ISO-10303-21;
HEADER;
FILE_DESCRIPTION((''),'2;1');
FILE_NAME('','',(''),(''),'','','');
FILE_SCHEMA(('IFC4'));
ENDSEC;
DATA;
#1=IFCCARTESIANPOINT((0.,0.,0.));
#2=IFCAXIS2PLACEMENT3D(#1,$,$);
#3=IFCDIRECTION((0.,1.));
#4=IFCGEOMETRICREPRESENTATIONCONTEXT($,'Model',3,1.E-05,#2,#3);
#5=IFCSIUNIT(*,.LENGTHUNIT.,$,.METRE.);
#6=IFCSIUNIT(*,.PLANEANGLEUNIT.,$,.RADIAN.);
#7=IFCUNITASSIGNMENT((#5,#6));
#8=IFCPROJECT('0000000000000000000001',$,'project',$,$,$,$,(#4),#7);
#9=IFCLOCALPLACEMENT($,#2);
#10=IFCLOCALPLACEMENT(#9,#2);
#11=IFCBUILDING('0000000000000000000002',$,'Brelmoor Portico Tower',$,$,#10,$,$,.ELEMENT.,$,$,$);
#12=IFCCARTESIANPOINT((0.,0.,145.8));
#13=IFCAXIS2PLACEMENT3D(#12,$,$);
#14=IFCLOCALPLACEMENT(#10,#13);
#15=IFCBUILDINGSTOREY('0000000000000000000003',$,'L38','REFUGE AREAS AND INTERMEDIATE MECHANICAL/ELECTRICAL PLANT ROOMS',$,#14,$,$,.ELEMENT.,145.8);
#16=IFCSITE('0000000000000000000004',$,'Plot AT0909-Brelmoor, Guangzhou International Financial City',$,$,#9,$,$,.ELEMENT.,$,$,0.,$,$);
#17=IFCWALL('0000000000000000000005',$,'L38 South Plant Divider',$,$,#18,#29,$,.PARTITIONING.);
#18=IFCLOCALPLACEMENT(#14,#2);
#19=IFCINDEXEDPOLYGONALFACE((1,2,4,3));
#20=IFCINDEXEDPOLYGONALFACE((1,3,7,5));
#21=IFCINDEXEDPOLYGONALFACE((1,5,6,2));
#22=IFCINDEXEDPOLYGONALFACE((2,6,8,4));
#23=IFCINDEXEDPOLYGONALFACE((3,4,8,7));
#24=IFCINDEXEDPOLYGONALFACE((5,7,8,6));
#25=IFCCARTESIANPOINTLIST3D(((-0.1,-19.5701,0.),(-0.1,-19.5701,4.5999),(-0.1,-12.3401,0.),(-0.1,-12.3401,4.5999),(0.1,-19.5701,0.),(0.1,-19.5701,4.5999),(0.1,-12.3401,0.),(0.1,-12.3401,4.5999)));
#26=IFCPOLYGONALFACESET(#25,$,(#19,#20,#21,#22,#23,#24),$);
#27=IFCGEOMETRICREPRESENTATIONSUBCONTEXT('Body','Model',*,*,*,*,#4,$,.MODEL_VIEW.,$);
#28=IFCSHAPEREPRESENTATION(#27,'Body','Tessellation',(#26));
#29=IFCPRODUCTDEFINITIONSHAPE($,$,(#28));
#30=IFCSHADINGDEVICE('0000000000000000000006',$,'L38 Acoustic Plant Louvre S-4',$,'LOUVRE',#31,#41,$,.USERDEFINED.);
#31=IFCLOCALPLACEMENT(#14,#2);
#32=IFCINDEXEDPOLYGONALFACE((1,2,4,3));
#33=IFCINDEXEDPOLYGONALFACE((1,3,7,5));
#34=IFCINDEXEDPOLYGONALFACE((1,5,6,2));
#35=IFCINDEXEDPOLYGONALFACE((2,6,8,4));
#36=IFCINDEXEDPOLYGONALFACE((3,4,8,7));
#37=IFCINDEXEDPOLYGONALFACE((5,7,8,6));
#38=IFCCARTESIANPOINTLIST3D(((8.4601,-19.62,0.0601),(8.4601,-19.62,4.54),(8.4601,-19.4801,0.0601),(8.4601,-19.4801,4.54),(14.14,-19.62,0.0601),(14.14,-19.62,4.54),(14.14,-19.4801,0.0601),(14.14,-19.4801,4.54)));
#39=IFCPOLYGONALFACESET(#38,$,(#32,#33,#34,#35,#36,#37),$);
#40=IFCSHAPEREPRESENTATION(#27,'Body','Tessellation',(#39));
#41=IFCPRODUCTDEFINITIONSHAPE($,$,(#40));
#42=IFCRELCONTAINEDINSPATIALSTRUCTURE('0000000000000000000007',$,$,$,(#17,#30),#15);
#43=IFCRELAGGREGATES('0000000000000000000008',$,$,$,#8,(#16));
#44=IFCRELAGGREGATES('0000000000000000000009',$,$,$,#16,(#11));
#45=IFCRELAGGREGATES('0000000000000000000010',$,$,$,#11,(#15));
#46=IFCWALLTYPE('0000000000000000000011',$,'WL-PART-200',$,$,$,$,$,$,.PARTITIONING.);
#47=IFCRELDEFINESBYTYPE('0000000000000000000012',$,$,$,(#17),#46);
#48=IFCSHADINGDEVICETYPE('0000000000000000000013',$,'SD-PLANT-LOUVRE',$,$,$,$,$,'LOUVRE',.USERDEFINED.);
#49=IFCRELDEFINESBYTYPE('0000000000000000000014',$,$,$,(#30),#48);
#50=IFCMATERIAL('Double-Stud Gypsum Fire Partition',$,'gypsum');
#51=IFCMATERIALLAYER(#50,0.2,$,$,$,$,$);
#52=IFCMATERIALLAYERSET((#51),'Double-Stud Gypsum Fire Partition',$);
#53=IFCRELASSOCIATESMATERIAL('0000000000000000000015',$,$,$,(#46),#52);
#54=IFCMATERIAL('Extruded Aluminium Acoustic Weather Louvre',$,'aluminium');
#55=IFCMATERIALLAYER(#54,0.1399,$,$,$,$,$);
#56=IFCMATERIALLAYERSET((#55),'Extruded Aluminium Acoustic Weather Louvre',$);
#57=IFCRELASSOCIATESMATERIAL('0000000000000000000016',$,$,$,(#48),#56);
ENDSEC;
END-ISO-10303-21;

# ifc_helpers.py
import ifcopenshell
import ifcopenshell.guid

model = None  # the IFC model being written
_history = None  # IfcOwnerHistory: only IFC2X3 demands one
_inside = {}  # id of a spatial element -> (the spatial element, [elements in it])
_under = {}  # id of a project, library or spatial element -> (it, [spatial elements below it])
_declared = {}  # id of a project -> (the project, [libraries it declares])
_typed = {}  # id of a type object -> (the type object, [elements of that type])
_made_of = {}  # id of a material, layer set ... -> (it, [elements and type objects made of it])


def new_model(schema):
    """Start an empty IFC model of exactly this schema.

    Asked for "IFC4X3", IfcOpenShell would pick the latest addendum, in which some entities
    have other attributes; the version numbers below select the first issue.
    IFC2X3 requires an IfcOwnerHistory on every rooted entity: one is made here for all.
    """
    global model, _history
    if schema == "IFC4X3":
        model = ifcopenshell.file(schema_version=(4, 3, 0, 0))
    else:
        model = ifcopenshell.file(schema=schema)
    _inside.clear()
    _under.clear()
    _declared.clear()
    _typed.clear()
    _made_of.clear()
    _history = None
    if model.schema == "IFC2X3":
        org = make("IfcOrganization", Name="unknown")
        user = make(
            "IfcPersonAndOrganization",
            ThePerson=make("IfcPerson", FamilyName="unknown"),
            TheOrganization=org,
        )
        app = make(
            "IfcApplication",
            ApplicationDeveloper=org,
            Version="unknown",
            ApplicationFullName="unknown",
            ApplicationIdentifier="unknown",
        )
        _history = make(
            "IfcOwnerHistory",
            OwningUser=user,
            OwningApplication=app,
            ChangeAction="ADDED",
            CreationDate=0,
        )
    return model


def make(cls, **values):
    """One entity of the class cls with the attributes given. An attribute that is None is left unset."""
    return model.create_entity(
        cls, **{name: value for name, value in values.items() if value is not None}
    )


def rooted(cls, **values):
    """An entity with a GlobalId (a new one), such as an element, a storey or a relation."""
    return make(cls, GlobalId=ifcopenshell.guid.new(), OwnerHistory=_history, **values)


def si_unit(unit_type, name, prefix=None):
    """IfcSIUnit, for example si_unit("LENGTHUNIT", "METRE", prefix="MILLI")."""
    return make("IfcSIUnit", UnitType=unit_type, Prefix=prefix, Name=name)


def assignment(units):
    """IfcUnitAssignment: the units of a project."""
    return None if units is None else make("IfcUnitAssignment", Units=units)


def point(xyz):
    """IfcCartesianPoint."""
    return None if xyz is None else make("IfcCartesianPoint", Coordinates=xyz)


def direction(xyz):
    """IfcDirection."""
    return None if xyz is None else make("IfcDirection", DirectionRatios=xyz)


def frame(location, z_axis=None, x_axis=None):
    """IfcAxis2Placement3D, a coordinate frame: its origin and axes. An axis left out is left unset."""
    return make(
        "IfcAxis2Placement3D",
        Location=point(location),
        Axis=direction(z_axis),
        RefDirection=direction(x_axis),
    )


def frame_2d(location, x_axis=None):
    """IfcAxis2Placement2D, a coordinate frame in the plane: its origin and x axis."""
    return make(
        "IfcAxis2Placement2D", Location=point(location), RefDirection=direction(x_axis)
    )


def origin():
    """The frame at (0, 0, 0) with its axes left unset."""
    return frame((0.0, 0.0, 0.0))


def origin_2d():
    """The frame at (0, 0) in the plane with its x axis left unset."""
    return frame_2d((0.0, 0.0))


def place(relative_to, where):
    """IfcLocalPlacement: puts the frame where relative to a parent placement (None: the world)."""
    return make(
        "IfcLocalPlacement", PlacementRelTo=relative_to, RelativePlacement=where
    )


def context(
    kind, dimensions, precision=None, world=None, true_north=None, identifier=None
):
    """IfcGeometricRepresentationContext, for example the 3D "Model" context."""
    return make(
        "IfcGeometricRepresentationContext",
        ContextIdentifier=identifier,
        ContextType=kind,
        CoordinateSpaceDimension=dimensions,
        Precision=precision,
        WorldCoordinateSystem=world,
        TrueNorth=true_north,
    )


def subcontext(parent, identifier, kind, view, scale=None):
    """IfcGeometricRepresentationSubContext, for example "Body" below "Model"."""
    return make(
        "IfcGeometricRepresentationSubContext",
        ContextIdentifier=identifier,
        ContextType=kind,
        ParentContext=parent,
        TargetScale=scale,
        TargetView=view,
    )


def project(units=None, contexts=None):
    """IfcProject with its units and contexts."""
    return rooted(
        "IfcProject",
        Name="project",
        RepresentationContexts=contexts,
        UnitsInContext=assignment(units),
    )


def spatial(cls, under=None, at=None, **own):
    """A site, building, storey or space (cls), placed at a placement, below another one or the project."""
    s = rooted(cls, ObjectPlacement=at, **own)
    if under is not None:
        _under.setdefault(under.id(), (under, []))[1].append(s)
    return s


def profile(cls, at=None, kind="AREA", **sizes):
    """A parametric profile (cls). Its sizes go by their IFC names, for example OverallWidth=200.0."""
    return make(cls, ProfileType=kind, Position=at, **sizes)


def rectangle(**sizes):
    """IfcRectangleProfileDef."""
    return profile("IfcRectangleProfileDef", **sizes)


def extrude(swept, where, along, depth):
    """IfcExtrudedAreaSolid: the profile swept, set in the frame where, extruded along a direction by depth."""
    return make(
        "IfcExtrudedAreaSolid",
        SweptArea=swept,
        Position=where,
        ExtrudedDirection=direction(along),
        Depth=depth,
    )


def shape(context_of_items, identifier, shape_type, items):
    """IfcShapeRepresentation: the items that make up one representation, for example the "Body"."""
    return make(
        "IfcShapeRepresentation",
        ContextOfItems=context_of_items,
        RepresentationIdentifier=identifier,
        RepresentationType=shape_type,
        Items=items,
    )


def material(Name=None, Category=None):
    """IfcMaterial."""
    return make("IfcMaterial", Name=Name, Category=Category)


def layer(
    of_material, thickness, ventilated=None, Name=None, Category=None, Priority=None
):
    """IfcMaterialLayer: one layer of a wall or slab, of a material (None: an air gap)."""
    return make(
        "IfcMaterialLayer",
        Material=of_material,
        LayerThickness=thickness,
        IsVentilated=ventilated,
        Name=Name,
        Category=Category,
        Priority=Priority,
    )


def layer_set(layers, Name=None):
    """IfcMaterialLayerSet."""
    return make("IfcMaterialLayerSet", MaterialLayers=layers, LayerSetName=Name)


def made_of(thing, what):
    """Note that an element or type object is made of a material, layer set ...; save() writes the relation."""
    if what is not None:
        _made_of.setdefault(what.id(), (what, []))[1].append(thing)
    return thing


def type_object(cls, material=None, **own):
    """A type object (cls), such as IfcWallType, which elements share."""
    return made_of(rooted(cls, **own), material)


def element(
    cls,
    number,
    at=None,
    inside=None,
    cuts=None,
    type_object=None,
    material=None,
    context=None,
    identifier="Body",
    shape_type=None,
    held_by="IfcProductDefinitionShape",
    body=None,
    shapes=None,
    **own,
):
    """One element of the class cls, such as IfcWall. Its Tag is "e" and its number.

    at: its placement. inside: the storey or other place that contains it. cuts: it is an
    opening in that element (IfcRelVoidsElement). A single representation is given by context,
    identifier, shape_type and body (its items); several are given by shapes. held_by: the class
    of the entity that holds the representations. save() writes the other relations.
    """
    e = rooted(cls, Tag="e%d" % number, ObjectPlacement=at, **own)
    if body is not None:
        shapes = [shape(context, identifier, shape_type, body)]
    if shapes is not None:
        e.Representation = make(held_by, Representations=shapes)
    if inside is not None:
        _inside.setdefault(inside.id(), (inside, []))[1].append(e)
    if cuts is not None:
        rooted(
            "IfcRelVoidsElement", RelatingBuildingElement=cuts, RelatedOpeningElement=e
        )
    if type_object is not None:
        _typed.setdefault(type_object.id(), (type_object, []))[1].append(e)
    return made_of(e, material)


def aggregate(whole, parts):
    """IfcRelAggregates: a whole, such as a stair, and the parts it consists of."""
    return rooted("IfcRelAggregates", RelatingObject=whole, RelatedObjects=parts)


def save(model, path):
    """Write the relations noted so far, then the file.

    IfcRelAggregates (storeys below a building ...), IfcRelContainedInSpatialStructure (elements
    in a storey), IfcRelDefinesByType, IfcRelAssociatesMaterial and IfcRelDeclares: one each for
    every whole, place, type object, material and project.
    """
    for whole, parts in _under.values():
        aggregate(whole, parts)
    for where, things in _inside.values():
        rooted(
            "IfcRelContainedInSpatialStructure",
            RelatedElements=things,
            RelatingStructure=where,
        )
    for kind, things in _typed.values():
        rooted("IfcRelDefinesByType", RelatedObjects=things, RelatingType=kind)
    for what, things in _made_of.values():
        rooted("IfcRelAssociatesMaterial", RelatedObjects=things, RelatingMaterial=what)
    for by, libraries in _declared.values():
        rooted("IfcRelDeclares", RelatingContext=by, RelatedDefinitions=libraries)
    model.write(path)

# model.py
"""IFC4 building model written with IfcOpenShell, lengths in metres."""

from ifc_helpers import new_model, si_unit, direction, frame, frame_2d, origin, origin_2d, place, context, subcontext, project, spatial, rectangle, extrude, material, layer, layer_set, type_object, element, save


model = new_model("IFC4")

# Units and contexts
model_context = context("Model", 3, precision=1e-05, world=origin(), true_north=direction((0.0, 1.0)))
body_context = subcontext(model_context, "Body", "Model", "MODEL_VIEW")
ifc_project = project(units=[si_unit("LENGTHUNIT", "METRE"), si_unit("PLANEANGLEUNIT", "RADIAN")], contexts=[model_context])

# Site, building, storey
site_placement = place(None, origin())
site = spatial("IfcSite", under=ifc_project, at=site_placement, Name="Plot AT0909-Brelmoor, Guangzhou International Financial City", CompositionType="ELEMENT", RefElevation=0.0)
building_placement = place(site_placement, origin())
building = spatial("IfcBuilding", under=site, at=building_placement, Name="Brelmoor Portico Tower", CompositionType="ELEMENT")
storey_placement = place(building_placement, frame((0.0, 0.0, 145.8)))
storey = spatial("IfcBuildingStorey", under=building, at=storey_placement, Name="L38", Description="REFUGE AREAS AND INTERMEDIATE MECHANICAL/ELECTRICAL PLANT ROOMS", CompositionType="ELEMENT", Elevation=145.8)

# Wall
ifc_material_1 = material(Name="Double-Stud Gypsum Fire Partition", Category="gypsum")
ifc_layer_1 = layer(ifc_material_1, 0.2)
ifc_layer_set_1 = layer_set([ifc_layer_1], Name="Double-Stud Gypsum Fire Partition")
wall_type_1 = type_object("IfcWallType", Name="WL-PART-200", PredefinedType="PARTITIONING", material=ifc_layer_set_1)
wall_1_placement = place(storey_placement, frame((0.0, -19.5701, 0.0), z_axis=(0.0, 0.0, 1.0), x_axis=(0.0, 1.0, 0.0)))
element("IfcWall", 1, at=wall_1_placement, inside=storey, type_object=wall_type_1, Name="L38 South Plant Divider", PredefinedType="PARTITIONING", context=body_context, shape_type="SweptSolid", body=[
    extrude(rectangle(XDim=7.23, YDim=0.2, at=frame_2d((3.615, 0.0))), origin(), (0.0, 0.0, 1.0), 4.5999),
])

# Shading device
ifc_material_2 = material(Name="Extruded Aluminium Acoustic Weather Louvre", Category="aluminium")
ifc_layer_2 = layer(ifc_material_2, 0.1399)
ifc_layer_set_2 = layer_set([ifc_layer_2], Name="Extruded Aluminium Acoustic Weather Louvre")
shading_device_type = type_object("IfcShadingDeviceType", Name="SD-PLANT-LOUVRE", ElementType="LOUVRE", PredefinedType="USERDEFINED", material=ifc_layer_set_2)
shading_device_placement = place(storey_placement, frame((11.3, -19.55, 0.0601), z_axis=(0.0, 0.0, 1.0), x_axis=(1.0, 0.0, 0.0)))
element("IfcShadingDevice", 2, at=shading_device_placement, inside=storey, type_object=shading_device_type, Name="L38 Acoustic Plant Louvre S-4", ObjectType="LOUVRE", PredefinedType="USERDEFINED", context=body_context, shape_type="SweptSolid", body=[
    extrude(rectangle(XDim=5.6799, YDim=0.1399, at=origin_2d()), origin(), (0.0, 0.0, 1.0), 4.48),
])

save(model, "model.ifc")
